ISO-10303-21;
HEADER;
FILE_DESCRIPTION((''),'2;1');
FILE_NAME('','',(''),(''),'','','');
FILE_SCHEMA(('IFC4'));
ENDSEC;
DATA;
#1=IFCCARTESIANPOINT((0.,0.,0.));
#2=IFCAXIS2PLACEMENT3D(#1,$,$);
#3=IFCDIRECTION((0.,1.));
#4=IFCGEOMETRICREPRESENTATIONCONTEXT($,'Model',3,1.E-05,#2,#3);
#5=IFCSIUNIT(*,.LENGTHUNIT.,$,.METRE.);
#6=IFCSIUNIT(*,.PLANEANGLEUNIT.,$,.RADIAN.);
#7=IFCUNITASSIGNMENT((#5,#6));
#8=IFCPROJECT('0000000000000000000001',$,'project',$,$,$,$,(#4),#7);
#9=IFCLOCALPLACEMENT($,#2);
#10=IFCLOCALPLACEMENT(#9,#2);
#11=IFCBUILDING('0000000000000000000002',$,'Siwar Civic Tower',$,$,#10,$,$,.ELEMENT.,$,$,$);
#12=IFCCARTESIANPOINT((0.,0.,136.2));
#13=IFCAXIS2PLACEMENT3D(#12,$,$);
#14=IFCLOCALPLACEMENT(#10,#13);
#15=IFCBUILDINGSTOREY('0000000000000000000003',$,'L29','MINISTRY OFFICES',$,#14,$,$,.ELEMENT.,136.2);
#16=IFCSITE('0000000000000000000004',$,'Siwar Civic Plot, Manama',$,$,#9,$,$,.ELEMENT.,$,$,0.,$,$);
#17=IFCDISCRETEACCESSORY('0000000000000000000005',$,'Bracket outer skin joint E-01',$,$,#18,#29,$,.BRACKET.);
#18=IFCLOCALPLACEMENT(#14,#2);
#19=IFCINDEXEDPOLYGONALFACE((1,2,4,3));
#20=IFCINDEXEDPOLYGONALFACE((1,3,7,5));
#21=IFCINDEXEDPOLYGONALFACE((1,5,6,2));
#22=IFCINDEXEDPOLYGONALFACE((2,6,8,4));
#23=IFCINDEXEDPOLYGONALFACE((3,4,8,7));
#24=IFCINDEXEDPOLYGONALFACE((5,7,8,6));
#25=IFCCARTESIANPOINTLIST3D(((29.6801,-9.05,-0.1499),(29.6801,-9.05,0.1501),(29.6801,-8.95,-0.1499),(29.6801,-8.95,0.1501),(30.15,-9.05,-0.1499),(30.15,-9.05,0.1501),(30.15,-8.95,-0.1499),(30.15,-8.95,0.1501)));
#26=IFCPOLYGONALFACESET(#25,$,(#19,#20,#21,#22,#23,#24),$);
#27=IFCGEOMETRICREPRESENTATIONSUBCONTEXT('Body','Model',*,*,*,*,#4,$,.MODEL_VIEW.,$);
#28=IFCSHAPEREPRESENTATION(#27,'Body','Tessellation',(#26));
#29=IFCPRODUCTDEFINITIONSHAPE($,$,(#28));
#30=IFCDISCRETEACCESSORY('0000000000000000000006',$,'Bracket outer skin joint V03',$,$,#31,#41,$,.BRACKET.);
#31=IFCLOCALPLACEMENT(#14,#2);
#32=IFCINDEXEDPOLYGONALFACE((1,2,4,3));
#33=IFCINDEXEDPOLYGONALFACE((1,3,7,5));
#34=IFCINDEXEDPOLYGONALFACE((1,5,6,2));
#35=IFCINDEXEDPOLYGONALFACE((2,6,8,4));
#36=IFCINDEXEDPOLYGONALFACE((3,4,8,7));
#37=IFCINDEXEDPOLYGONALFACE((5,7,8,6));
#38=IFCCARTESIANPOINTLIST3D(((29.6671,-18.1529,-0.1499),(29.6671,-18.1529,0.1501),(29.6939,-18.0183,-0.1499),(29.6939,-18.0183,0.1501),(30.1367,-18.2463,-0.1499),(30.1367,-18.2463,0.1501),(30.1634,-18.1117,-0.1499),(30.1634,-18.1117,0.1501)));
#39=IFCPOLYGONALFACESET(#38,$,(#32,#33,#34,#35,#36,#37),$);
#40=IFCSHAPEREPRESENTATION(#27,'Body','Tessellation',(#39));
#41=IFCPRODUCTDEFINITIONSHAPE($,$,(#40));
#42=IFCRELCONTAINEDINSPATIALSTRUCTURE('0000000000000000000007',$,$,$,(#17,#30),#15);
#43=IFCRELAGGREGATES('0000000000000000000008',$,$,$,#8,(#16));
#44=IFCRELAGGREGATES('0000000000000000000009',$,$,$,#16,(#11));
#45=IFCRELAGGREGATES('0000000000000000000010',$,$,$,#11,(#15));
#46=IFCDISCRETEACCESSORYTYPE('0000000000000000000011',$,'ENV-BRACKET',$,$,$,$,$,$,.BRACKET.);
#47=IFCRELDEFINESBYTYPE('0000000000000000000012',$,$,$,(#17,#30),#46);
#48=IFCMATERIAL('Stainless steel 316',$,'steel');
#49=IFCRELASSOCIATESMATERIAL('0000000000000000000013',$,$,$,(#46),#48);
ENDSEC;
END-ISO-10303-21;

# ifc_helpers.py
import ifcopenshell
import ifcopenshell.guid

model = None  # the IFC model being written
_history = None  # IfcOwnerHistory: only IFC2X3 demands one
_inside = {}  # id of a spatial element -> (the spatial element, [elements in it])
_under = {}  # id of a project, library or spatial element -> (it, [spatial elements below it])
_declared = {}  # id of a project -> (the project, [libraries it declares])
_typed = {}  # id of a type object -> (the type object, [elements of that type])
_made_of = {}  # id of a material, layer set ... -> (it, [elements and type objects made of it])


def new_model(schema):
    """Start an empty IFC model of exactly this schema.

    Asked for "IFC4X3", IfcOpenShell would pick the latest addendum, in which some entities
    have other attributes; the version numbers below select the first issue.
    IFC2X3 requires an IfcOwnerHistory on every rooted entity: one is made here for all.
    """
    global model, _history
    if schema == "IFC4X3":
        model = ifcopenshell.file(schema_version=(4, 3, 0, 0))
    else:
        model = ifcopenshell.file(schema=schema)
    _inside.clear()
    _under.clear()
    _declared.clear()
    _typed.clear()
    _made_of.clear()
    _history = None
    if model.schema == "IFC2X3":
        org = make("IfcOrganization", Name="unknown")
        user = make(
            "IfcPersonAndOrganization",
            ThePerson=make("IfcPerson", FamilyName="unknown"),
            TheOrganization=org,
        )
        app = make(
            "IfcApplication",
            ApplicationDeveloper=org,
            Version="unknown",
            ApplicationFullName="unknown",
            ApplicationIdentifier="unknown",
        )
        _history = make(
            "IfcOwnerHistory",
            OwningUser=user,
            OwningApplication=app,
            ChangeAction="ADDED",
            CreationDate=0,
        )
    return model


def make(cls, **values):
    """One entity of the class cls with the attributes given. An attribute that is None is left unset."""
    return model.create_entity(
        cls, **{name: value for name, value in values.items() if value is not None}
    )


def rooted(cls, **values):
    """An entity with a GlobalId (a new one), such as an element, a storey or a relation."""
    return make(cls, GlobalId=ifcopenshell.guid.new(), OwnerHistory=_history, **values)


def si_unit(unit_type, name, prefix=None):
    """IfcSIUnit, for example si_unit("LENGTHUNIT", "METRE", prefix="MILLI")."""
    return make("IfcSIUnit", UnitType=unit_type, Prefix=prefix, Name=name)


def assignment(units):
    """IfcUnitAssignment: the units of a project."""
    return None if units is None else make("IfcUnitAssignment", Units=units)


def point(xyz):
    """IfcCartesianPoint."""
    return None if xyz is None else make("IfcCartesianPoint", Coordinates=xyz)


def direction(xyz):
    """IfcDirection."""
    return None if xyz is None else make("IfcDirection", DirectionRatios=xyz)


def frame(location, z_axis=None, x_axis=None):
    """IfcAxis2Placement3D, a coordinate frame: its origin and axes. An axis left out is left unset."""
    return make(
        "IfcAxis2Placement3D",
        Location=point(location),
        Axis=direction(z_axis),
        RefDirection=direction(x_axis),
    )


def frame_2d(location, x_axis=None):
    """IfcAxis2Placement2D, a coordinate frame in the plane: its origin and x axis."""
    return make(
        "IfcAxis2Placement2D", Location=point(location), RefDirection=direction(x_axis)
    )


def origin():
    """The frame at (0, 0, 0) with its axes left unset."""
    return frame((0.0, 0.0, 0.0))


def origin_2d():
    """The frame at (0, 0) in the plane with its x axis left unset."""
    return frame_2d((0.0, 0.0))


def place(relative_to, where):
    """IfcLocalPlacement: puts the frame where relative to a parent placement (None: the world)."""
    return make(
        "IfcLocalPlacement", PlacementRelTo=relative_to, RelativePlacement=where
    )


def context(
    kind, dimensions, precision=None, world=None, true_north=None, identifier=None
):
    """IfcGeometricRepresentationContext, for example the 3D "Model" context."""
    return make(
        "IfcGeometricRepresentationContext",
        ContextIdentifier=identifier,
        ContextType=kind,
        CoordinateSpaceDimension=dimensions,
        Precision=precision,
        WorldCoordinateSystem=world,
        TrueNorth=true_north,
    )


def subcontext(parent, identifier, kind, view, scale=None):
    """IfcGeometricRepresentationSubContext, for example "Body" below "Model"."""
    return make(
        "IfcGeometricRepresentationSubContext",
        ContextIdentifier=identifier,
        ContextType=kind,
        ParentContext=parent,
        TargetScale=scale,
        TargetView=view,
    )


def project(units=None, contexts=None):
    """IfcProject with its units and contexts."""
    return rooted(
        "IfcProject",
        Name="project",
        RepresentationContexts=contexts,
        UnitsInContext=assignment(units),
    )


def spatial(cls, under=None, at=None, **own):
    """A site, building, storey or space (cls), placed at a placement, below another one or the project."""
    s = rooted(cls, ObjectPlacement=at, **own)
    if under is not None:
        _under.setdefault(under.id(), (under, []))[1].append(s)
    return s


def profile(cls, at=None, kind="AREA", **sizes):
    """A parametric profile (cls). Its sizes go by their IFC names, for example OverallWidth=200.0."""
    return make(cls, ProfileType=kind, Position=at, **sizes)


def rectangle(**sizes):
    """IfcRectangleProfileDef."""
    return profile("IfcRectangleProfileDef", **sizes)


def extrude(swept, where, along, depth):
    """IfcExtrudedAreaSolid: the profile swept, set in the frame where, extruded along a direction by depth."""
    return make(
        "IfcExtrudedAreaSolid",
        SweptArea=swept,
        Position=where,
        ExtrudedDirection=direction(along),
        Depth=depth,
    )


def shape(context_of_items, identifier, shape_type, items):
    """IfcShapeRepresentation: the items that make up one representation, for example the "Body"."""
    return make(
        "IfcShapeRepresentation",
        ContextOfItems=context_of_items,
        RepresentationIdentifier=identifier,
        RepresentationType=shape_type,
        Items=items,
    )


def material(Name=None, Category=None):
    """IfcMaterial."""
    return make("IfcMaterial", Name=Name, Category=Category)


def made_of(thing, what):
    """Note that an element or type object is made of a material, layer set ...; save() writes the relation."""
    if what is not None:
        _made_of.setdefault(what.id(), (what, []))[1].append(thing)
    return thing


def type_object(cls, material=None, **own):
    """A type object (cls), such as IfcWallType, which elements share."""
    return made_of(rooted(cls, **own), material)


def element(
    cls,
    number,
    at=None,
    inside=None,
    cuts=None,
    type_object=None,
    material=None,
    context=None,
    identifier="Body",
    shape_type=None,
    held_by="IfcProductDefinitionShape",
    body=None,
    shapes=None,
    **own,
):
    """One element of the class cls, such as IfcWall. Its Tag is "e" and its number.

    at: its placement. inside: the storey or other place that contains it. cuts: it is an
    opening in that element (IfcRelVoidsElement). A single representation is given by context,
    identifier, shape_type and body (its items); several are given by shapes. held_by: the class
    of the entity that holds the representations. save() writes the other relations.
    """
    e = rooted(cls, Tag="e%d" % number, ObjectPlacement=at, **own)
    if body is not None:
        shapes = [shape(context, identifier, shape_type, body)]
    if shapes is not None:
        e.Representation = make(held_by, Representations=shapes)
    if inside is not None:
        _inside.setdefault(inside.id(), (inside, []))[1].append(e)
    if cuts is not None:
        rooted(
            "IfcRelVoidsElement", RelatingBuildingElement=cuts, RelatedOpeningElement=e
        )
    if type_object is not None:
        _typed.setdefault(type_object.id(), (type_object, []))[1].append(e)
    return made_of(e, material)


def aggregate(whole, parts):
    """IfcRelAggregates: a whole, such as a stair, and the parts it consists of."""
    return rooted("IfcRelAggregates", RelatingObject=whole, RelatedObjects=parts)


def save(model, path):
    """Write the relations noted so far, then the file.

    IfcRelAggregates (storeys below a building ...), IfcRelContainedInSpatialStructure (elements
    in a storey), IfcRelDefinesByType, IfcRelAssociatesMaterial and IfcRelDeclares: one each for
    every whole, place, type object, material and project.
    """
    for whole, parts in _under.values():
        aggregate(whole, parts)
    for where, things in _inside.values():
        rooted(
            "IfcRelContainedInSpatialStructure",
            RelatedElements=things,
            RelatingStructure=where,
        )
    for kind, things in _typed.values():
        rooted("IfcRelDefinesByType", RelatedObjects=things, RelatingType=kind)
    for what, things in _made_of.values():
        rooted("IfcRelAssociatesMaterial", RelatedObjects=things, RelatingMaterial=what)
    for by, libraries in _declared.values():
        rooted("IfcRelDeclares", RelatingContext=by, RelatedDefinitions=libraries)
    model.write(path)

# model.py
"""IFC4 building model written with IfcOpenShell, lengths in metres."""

from ifc_helpers import new_model, si_unit, direction, frame, origin, origin_2d, place, context, subcontext, project, spatial, rectangle, extrude, material, type_object, element, save


model = new_model("IFC4")

# Units and contexts
model_context = context("Model", 3, precision=1e-05, world=origin(), true_north=direction((0.0, 1.0)))
body_context = subcontext(model_context, "Body", "Model", "MODEL_VIEW")
ifc_project = project(units=[si_unit("LENGTHUNIT", "METRE"), si_unit("PLANEANGLEUNIT", "RADIAN")], contexts=[model_context])

# Site, building, storey
site_placement = place(None, origin())
site = spatial("IfcSite", under=ifc_project, at=site_placement, Name="Siwar Civic Plot, Manama", CompositionType="ELEMENT", RefElevation=0.0)
building_placement = place(site_placement, origin())
building = spatial("IfcBuilding", under=site, at=building_placement, Name="Siwar Civic Tower", CompositionType="ELEMENT")
storey_placement = place(building_placement, frame((0.0, 0.0, 136.2)))
storey = spatial("IfcBuildingStorey", under=building, at=storey_placement, Name="L29", Description="MINISTRY OFFICES", CompositionType="ELEMENT", Elevation=136.2)

# Discrete accessories
ifc_material_1 = material(Name="Stainless steel 316", Category="steel")
discrete_accessory_type = type_object("IfcDiscreteAccessoryType", Name="ENV-BRACKET", PredefinedType="BRACKET", material=ifc_material_1)
discrete_accessory_1_placement = place(storey_placement, frame((29.915, -9.0, -0.1499), z_axis=(0.0, 0.0, 1.0), x_axis=(1.0, 0.0, 0.0)))
element("IfcDiscreteAccessory", 1, at=discrete_accessory_1_placement, inside=storey, type_object=discrete_accessory_type, Name="Bracket outer skin joint E-01", PredefinedType="BRACKET", context=body_context, shape_type="SweptSolid", body=[
    extrude(rectangle(XDim=0.47, YDim=0.1001, at=origin_2d()), origin(), (0.0, 0.0, 1.0), 0.3),
])
discrete_accessory_2_placement = place(storey_placement, frame((29.9153, -18.1323, -0.1499), z_axis=(0.0, 0.0, 1.0), x_axis=(0.980785, -0.19509, 0.0)))
element("IfcDiscreteAccessory", 2, at=discrete_accessory_2_placement, inside=storey, type_object=discrete_accessory_type, Name="Bracket outer skin joint V03", PredefinedType="BRACKET", context=body_context, shape_type="SweptSolid", body=[
    extrude(rectangle(XDim=0.4788, YDim=0.1372, at=origin_2d()), origin(), (0.0, 0.0, 1.0), 0.3),
])

save(model, "model.ifc")
